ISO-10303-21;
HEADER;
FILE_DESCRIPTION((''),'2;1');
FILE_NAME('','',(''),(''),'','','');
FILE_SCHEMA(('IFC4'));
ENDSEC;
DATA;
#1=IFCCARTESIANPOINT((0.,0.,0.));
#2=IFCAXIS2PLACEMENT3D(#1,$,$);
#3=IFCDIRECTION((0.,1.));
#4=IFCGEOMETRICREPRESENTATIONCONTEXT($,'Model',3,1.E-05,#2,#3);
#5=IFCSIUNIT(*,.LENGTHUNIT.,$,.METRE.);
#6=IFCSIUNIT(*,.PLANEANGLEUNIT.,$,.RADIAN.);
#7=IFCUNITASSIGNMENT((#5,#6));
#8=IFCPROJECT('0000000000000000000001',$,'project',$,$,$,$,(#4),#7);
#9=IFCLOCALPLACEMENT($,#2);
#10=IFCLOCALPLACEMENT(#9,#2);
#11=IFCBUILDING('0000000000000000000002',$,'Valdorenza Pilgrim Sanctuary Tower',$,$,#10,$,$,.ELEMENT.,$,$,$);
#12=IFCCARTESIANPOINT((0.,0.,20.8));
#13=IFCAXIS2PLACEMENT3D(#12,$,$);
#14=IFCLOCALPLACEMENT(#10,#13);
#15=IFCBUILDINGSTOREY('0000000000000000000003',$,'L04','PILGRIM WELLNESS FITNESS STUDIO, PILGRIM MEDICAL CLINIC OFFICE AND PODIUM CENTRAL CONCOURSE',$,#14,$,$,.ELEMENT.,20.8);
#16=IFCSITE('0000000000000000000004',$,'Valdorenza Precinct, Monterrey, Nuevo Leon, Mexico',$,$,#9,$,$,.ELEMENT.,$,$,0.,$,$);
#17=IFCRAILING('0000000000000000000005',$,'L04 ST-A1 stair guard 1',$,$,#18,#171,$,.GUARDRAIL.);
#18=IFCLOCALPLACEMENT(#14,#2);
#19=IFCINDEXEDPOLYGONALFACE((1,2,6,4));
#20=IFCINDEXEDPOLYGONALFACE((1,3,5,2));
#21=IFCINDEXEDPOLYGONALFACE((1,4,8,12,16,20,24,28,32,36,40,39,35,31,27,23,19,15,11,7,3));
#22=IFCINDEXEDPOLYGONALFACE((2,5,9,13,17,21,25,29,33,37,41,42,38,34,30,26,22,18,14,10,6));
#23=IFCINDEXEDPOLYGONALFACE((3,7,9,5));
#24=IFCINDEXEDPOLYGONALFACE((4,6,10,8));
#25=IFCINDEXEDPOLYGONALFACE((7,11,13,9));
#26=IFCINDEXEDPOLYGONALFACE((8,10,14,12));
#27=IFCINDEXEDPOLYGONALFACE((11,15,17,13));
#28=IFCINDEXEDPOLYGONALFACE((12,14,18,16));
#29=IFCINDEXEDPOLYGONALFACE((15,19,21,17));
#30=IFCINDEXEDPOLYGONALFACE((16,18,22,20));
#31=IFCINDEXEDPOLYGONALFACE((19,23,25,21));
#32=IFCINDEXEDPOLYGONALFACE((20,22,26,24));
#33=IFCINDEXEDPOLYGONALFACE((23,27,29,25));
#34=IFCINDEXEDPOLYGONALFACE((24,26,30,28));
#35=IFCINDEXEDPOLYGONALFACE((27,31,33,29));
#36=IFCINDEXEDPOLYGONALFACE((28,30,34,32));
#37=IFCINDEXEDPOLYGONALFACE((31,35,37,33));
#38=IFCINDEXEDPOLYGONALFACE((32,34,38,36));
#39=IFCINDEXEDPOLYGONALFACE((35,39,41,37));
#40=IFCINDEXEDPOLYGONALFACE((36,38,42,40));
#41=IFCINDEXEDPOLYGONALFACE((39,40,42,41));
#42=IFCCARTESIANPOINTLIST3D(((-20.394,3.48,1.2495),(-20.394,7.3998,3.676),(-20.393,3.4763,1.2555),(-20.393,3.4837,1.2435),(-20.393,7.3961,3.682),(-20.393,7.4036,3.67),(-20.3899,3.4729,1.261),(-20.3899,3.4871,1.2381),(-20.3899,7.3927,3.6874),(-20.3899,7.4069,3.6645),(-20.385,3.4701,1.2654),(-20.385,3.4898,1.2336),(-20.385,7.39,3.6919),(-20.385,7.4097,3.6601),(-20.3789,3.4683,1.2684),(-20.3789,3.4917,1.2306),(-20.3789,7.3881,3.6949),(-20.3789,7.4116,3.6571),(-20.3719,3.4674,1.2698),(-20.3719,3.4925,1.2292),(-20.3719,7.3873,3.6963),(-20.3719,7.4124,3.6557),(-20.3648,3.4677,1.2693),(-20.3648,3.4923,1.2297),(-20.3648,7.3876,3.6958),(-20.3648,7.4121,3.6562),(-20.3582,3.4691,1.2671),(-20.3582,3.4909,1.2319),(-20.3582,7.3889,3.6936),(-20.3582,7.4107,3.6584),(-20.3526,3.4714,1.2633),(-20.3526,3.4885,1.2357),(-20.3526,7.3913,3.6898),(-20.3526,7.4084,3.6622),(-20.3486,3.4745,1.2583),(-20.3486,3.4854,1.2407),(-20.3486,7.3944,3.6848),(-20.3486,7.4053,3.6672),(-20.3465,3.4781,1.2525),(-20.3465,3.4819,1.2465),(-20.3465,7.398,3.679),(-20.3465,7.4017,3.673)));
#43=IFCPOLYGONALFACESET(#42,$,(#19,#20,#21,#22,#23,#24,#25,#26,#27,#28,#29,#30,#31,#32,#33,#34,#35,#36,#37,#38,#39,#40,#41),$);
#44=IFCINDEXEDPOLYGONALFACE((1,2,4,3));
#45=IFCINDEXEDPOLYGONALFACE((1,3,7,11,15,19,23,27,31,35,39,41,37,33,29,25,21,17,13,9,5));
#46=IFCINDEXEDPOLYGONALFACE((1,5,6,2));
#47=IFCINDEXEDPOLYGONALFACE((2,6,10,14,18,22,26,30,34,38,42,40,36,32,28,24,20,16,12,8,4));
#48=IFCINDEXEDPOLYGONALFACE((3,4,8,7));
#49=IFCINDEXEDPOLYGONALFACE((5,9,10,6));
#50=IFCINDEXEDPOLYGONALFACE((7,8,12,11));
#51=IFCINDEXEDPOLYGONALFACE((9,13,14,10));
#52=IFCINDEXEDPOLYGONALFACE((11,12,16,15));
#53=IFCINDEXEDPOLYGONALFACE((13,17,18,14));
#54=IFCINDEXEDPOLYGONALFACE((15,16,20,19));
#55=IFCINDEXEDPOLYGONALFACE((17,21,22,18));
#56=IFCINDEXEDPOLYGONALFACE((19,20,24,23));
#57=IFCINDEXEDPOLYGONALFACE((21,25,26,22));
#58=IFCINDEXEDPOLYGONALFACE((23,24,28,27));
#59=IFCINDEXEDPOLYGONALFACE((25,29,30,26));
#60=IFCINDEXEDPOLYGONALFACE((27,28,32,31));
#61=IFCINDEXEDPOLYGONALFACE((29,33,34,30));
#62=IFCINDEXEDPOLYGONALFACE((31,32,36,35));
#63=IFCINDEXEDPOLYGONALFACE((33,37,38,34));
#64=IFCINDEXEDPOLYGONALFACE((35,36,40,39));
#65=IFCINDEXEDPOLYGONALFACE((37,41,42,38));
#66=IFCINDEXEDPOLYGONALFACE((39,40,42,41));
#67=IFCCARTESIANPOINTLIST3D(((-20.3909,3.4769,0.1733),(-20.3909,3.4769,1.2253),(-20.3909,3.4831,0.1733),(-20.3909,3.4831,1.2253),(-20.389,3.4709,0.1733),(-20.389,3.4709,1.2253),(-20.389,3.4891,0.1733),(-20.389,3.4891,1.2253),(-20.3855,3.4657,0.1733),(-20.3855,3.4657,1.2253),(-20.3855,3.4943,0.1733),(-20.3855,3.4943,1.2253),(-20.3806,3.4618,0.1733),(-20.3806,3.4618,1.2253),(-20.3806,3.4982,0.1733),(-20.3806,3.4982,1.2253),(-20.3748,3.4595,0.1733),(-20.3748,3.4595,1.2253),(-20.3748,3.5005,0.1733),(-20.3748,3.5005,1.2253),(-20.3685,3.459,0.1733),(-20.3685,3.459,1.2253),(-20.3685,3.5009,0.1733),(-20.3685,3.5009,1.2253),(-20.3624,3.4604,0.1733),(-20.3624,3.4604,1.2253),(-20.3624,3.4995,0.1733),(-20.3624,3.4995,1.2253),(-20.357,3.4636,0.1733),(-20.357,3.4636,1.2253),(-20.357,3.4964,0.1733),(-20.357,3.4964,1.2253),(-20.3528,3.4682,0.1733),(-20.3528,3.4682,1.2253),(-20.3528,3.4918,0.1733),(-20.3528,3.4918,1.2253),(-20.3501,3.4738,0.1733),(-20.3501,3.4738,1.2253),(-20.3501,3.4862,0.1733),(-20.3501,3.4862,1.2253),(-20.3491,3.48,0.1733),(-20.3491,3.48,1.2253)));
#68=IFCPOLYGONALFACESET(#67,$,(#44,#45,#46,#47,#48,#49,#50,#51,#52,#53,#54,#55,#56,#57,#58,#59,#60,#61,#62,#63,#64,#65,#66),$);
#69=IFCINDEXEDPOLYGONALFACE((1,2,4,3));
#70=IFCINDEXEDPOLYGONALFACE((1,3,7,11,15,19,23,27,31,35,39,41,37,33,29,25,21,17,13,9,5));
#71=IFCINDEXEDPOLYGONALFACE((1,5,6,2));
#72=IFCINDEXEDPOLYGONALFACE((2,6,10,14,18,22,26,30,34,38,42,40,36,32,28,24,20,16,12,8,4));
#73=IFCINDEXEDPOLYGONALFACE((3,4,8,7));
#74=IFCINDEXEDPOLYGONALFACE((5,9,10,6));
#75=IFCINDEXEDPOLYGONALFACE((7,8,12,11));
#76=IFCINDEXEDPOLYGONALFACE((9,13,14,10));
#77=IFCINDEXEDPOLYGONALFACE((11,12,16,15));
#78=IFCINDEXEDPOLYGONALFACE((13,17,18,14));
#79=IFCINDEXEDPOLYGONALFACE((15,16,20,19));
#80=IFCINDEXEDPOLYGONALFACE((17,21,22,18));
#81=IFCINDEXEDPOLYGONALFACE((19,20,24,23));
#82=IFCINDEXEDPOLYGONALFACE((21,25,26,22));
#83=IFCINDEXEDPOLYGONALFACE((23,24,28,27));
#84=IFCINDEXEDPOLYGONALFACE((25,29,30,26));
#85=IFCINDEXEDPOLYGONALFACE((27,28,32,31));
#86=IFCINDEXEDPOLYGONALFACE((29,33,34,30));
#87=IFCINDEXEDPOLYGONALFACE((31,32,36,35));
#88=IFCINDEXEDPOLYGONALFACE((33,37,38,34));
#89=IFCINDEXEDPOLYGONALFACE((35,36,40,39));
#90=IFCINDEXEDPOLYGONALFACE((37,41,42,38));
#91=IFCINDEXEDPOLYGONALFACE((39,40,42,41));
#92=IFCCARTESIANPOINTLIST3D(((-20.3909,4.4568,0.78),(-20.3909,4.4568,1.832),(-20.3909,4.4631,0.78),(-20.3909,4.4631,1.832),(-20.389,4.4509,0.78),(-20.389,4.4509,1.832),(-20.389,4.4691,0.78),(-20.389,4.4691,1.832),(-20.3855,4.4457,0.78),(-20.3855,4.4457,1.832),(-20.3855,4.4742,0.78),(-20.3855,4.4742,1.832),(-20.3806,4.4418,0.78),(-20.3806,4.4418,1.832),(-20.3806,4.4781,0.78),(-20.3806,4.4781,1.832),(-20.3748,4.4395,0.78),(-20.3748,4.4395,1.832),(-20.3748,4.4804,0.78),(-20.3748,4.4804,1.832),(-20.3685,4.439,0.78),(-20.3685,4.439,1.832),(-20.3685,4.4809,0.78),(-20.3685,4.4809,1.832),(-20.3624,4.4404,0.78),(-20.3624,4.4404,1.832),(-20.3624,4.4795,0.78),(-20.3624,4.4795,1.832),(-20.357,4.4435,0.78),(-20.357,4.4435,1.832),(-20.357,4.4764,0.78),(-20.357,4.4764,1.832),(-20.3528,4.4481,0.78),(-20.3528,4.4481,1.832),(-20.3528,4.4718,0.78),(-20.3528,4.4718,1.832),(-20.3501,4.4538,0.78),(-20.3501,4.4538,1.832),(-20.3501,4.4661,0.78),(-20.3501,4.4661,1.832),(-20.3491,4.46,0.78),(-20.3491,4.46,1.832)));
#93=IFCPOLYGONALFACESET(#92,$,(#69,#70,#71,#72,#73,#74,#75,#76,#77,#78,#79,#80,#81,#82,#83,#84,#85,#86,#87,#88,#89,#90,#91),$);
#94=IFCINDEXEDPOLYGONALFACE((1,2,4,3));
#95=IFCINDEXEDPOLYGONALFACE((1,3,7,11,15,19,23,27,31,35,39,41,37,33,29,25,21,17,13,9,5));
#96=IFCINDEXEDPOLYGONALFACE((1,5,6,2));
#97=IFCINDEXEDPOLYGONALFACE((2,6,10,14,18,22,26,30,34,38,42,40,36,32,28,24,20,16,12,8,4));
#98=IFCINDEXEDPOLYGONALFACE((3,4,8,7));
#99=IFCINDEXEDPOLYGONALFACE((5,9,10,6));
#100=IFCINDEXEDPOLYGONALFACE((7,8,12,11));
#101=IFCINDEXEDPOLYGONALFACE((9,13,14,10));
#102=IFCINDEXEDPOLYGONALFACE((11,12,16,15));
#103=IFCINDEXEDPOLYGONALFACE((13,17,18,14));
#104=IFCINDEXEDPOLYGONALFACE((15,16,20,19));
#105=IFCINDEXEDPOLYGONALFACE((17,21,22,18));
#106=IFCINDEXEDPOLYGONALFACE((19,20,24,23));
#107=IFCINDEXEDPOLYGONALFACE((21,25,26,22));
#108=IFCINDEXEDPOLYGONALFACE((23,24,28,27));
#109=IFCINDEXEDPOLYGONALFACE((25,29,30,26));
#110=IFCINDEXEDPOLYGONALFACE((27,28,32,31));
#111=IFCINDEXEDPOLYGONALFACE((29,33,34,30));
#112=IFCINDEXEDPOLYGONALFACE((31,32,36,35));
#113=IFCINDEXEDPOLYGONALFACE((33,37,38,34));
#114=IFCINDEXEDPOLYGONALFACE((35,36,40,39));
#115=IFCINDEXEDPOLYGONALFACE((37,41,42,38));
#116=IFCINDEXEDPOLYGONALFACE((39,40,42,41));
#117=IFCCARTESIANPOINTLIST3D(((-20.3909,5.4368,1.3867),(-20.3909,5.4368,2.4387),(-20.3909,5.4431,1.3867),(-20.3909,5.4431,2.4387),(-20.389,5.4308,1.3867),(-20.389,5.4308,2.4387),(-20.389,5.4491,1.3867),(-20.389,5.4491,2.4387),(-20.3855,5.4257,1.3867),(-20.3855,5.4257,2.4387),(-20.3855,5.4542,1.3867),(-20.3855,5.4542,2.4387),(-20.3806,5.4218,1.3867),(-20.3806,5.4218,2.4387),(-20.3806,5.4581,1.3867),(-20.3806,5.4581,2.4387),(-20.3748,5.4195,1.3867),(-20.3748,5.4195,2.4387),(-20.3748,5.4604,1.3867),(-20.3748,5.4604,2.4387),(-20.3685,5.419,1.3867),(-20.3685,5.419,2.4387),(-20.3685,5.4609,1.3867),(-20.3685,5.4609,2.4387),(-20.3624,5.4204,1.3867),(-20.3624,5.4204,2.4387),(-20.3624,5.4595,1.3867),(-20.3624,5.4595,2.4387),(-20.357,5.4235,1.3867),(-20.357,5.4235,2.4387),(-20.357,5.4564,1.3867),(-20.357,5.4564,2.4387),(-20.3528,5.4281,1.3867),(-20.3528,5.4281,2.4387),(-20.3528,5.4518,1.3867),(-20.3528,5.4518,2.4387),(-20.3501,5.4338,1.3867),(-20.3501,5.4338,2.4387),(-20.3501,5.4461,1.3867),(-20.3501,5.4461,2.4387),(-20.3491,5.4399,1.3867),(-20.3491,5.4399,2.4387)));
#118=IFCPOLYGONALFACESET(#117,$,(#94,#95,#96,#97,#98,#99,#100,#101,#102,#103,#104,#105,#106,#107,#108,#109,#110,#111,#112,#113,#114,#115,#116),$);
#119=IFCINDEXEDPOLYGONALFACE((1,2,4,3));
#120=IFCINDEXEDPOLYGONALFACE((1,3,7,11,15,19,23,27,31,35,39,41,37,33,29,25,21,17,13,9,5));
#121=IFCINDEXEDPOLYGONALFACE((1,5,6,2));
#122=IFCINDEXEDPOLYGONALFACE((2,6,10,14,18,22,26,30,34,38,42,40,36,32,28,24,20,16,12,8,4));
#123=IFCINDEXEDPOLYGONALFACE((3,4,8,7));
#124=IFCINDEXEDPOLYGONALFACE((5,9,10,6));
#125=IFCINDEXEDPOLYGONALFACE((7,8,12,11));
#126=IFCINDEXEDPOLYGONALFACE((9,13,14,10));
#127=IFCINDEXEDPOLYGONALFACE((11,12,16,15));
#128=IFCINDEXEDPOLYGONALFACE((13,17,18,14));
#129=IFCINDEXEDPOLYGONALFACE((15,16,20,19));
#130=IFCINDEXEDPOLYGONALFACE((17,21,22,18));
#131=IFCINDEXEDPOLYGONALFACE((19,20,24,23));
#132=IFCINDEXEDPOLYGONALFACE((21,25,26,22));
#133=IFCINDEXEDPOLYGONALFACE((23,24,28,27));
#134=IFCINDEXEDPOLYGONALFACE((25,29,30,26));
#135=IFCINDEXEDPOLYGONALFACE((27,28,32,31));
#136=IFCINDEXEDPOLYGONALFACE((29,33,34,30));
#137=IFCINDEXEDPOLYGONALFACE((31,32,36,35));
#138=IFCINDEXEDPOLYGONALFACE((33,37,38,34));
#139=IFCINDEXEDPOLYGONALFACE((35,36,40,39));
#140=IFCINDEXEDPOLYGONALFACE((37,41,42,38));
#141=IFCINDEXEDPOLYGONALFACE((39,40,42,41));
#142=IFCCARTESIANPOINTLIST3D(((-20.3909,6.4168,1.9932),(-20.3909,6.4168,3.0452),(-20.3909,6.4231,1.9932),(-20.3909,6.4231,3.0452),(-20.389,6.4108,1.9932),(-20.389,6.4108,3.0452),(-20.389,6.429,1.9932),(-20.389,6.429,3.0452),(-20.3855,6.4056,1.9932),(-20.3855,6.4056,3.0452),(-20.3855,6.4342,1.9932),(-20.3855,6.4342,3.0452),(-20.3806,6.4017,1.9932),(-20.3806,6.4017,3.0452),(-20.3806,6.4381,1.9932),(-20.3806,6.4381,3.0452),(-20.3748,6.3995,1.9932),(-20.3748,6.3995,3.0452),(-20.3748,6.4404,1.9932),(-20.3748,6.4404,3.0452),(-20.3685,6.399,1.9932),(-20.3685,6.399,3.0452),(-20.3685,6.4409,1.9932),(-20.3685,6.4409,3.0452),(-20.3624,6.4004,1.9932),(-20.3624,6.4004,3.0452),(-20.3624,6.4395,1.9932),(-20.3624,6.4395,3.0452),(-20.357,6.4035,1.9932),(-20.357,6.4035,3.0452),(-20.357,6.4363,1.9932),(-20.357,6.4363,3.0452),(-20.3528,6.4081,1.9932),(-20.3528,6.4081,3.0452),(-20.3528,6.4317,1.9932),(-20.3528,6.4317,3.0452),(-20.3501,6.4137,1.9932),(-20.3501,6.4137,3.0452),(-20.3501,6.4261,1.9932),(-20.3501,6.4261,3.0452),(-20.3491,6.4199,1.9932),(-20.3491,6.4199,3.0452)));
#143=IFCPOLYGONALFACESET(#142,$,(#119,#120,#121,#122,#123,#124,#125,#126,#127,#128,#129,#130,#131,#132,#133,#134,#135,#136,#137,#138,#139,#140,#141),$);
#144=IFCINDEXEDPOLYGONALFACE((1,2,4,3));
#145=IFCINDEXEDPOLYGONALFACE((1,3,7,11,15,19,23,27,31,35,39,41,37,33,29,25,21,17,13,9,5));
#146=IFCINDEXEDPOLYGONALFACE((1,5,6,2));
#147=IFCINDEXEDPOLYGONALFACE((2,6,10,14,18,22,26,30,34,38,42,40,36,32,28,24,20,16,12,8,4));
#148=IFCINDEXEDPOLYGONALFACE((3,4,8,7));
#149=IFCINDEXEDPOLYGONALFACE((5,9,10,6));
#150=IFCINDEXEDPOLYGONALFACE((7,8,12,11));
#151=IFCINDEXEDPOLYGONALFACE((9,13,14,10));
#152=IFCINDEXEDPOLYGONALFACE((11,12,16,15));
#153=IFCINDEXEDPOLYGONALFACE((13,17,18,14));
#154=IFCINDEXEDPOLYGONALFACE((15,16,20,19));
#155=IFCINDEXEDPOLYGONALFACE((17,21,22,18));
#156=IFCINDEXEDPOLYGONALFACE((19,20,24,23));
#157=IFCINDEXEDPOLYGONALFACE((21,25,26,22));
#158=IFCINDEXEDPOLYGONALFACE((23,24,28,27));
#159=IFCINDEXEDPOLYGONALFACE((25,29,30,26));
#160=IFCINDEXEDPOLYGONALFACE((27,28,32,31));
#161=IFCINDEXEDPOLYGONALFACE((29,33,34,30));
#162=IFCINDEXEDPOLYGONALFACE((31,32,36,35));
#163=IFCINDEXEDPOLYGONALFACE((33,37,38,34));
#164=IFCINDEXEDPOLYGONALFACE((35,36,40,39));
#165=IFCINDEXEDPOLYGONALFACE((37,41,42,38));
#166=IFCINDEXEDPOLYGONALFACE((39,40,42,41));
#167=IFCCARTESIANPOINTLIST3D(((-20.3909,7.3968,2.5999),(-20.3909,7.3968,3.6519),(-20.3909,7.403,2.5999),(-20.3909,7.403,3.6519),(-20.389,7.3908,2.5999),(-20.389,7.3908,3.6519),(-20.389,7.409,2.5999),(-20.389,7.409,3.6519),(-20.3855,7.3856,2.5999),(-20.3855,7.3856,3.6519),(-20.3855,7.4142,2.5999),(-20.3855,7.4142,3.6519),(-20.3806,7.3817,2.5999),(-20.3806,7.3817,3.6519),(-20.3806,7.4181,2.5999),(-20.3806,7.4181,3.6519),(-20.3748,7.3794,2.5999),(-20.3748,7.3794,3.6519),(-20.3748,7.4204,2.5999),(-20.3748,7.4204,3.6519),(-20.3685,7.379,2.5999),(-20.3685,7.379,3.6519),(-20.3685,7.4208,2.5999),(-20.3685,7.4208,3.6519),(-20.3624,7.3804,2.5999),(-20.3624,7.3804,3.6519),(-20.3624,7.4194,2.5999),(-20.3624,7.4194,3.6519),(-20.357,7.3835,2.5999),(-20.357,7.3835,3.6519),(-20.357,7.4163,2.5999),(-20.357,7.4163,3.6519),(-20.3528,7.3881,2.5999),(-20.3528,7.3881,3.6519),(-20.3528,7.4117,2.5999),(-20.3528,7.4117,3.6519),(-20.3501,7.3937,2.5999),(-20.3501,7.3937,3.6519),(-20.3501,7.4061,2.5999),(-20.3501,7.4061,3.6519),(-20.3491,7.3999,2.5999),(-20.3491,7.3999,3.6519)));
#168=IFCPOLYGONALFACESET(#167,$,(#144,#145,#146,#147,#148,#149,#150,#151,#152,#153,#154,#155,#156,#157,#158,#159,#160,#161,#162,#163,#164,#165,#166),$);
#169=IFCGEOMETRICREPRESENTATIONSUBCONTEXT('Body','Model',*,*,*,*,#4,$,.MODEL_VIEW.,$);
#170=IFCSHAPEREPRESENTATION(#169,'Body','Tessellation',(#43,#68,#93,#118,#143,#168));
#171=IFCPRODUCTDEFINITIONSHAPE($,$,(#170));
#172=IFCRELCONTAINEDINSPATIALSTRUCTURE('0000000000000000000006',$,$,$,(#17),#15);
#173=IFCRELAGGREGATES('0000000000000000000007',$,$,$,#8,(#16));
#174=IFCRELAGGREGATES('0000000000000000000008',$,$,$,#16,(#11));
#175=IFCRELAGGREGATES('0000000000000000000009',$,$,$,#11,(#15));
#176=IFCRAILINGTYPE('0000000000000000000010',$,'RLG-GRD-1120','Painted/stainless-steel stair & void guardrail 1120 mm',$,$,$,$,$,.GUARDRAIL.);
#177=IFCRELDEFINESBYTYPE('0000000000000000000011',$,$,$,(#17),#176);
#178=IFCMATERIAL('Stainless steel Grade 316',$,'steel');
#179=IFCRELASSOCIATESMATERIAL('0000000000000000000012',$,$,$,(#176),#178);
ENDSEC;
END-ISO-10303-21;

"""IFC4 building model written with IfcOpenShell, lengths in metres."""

from ifc_helpers import new_model, si_unit, direction, frame, origin, origin_2d, place, context, subcontext, project, spatial, circle, extrude, material, type_object, element, save


model = new_model("IFC4")

# Units and contexts
model_context = context("Model", 3, precision=1e-05, world=origin(), true_north=direction((0.0, 1.0)))
body_context = subcontext(model_context, "Body", "Model", "MODEL_VIEW")
ifc_project = project(units=[si_unit("LENGTHUNIT", "METRE"), si_unit("PLANEANGLEUNIT", "RADIAN")], contexts=[model_context])

# Site, building, storey
site_placement = place(None, origin())
site = spatial("IfcSite", under=ifc_project, at=site_placement, Name="Valdorenza Precinct, Monterrey, Nuevo Leon, Mexico", CompositionType="ELEMENT", RefElevation=0.0)
building_placement = place(site_placement, origin())
building = spatial("IfcBuilding", under=site, at=building_placement, Name="Valdorenza Pilgrim Sanctuary Tower", CompositionType="ELEMENT")
storey_placement = place(building_placement, frame((0.0, 0.0, 20.8)))
storey = spatial("IfcBuildingStorey", under=building, at=storey_placement, Name="L04", Description="PILGRIM WELLNESS FITNESS STUDIO, PILGRIM MEDICAL CLINIC OFFICE AND PODIUM CENTRAL CONCOURSE", CompositionType="ELEMENT", Elevation=20.8)

# Railing
ifc_material_1 = material(Name="Stainless steel Grade 316", Category="steel")
railing_type_1 = type_object("IfcRailingType", Name="RLG-GRD-1120", Description="Painted/stainless-steel stair & void guardrail 1120 mm", PredefinedType="GUARDRAIL", material=ifc_material_1)
railing_1_placement = place(storey_placement, frame((-20.3701, 3.48, 0.1733)))
element("IfcRailing", 1, at=railing_1_placement, inside=storey, type_object=railing_type_1, Name="L04 ST-A1 stair guard 1", PredefinedType="GUARDRAIL", context=body_context, shape_type="SweptSolid", body=[
    extrude(circle(Radius=0.0239, at=origin_2d()), frame((0.0, 0.0, 1.0762), z_axis=(0.0, 0.850275, 0.526338), x_axis=(-1.0, 0.0, 0.0)), (0.0, 0.0, 1.0), 4.6101),
    extrude(circle(Radius=0.021, at=origin_2d()), origin(), (0.0, 0.0, 1.0), 1.052),
    extrude(circle(Radius=0.021, at=origin_2d()), frame((0.0, 0.98, 0.6067)), (0.0, 0.0, 1.0), 1.052),
    extrude(circle(Radius=0.021, at=origin_2d()), frame((0.0, 1.96, 1.2134)), (0.0, 0.0, 1.0), 1.052),
    extrude(circle(Radius=0.021, at=origin_2d()), frame((0.0, 2.9399, 1.8198)), (0.0, 0.0, 1.0), 1.052),
    extrude(circle(Radius=0.021, at=origin_2d()), frame((0.0, 3.9199, 2.4265)), (0.0, 0.0, 1.0), 1.052),
])

save(model, "model.ifc")
